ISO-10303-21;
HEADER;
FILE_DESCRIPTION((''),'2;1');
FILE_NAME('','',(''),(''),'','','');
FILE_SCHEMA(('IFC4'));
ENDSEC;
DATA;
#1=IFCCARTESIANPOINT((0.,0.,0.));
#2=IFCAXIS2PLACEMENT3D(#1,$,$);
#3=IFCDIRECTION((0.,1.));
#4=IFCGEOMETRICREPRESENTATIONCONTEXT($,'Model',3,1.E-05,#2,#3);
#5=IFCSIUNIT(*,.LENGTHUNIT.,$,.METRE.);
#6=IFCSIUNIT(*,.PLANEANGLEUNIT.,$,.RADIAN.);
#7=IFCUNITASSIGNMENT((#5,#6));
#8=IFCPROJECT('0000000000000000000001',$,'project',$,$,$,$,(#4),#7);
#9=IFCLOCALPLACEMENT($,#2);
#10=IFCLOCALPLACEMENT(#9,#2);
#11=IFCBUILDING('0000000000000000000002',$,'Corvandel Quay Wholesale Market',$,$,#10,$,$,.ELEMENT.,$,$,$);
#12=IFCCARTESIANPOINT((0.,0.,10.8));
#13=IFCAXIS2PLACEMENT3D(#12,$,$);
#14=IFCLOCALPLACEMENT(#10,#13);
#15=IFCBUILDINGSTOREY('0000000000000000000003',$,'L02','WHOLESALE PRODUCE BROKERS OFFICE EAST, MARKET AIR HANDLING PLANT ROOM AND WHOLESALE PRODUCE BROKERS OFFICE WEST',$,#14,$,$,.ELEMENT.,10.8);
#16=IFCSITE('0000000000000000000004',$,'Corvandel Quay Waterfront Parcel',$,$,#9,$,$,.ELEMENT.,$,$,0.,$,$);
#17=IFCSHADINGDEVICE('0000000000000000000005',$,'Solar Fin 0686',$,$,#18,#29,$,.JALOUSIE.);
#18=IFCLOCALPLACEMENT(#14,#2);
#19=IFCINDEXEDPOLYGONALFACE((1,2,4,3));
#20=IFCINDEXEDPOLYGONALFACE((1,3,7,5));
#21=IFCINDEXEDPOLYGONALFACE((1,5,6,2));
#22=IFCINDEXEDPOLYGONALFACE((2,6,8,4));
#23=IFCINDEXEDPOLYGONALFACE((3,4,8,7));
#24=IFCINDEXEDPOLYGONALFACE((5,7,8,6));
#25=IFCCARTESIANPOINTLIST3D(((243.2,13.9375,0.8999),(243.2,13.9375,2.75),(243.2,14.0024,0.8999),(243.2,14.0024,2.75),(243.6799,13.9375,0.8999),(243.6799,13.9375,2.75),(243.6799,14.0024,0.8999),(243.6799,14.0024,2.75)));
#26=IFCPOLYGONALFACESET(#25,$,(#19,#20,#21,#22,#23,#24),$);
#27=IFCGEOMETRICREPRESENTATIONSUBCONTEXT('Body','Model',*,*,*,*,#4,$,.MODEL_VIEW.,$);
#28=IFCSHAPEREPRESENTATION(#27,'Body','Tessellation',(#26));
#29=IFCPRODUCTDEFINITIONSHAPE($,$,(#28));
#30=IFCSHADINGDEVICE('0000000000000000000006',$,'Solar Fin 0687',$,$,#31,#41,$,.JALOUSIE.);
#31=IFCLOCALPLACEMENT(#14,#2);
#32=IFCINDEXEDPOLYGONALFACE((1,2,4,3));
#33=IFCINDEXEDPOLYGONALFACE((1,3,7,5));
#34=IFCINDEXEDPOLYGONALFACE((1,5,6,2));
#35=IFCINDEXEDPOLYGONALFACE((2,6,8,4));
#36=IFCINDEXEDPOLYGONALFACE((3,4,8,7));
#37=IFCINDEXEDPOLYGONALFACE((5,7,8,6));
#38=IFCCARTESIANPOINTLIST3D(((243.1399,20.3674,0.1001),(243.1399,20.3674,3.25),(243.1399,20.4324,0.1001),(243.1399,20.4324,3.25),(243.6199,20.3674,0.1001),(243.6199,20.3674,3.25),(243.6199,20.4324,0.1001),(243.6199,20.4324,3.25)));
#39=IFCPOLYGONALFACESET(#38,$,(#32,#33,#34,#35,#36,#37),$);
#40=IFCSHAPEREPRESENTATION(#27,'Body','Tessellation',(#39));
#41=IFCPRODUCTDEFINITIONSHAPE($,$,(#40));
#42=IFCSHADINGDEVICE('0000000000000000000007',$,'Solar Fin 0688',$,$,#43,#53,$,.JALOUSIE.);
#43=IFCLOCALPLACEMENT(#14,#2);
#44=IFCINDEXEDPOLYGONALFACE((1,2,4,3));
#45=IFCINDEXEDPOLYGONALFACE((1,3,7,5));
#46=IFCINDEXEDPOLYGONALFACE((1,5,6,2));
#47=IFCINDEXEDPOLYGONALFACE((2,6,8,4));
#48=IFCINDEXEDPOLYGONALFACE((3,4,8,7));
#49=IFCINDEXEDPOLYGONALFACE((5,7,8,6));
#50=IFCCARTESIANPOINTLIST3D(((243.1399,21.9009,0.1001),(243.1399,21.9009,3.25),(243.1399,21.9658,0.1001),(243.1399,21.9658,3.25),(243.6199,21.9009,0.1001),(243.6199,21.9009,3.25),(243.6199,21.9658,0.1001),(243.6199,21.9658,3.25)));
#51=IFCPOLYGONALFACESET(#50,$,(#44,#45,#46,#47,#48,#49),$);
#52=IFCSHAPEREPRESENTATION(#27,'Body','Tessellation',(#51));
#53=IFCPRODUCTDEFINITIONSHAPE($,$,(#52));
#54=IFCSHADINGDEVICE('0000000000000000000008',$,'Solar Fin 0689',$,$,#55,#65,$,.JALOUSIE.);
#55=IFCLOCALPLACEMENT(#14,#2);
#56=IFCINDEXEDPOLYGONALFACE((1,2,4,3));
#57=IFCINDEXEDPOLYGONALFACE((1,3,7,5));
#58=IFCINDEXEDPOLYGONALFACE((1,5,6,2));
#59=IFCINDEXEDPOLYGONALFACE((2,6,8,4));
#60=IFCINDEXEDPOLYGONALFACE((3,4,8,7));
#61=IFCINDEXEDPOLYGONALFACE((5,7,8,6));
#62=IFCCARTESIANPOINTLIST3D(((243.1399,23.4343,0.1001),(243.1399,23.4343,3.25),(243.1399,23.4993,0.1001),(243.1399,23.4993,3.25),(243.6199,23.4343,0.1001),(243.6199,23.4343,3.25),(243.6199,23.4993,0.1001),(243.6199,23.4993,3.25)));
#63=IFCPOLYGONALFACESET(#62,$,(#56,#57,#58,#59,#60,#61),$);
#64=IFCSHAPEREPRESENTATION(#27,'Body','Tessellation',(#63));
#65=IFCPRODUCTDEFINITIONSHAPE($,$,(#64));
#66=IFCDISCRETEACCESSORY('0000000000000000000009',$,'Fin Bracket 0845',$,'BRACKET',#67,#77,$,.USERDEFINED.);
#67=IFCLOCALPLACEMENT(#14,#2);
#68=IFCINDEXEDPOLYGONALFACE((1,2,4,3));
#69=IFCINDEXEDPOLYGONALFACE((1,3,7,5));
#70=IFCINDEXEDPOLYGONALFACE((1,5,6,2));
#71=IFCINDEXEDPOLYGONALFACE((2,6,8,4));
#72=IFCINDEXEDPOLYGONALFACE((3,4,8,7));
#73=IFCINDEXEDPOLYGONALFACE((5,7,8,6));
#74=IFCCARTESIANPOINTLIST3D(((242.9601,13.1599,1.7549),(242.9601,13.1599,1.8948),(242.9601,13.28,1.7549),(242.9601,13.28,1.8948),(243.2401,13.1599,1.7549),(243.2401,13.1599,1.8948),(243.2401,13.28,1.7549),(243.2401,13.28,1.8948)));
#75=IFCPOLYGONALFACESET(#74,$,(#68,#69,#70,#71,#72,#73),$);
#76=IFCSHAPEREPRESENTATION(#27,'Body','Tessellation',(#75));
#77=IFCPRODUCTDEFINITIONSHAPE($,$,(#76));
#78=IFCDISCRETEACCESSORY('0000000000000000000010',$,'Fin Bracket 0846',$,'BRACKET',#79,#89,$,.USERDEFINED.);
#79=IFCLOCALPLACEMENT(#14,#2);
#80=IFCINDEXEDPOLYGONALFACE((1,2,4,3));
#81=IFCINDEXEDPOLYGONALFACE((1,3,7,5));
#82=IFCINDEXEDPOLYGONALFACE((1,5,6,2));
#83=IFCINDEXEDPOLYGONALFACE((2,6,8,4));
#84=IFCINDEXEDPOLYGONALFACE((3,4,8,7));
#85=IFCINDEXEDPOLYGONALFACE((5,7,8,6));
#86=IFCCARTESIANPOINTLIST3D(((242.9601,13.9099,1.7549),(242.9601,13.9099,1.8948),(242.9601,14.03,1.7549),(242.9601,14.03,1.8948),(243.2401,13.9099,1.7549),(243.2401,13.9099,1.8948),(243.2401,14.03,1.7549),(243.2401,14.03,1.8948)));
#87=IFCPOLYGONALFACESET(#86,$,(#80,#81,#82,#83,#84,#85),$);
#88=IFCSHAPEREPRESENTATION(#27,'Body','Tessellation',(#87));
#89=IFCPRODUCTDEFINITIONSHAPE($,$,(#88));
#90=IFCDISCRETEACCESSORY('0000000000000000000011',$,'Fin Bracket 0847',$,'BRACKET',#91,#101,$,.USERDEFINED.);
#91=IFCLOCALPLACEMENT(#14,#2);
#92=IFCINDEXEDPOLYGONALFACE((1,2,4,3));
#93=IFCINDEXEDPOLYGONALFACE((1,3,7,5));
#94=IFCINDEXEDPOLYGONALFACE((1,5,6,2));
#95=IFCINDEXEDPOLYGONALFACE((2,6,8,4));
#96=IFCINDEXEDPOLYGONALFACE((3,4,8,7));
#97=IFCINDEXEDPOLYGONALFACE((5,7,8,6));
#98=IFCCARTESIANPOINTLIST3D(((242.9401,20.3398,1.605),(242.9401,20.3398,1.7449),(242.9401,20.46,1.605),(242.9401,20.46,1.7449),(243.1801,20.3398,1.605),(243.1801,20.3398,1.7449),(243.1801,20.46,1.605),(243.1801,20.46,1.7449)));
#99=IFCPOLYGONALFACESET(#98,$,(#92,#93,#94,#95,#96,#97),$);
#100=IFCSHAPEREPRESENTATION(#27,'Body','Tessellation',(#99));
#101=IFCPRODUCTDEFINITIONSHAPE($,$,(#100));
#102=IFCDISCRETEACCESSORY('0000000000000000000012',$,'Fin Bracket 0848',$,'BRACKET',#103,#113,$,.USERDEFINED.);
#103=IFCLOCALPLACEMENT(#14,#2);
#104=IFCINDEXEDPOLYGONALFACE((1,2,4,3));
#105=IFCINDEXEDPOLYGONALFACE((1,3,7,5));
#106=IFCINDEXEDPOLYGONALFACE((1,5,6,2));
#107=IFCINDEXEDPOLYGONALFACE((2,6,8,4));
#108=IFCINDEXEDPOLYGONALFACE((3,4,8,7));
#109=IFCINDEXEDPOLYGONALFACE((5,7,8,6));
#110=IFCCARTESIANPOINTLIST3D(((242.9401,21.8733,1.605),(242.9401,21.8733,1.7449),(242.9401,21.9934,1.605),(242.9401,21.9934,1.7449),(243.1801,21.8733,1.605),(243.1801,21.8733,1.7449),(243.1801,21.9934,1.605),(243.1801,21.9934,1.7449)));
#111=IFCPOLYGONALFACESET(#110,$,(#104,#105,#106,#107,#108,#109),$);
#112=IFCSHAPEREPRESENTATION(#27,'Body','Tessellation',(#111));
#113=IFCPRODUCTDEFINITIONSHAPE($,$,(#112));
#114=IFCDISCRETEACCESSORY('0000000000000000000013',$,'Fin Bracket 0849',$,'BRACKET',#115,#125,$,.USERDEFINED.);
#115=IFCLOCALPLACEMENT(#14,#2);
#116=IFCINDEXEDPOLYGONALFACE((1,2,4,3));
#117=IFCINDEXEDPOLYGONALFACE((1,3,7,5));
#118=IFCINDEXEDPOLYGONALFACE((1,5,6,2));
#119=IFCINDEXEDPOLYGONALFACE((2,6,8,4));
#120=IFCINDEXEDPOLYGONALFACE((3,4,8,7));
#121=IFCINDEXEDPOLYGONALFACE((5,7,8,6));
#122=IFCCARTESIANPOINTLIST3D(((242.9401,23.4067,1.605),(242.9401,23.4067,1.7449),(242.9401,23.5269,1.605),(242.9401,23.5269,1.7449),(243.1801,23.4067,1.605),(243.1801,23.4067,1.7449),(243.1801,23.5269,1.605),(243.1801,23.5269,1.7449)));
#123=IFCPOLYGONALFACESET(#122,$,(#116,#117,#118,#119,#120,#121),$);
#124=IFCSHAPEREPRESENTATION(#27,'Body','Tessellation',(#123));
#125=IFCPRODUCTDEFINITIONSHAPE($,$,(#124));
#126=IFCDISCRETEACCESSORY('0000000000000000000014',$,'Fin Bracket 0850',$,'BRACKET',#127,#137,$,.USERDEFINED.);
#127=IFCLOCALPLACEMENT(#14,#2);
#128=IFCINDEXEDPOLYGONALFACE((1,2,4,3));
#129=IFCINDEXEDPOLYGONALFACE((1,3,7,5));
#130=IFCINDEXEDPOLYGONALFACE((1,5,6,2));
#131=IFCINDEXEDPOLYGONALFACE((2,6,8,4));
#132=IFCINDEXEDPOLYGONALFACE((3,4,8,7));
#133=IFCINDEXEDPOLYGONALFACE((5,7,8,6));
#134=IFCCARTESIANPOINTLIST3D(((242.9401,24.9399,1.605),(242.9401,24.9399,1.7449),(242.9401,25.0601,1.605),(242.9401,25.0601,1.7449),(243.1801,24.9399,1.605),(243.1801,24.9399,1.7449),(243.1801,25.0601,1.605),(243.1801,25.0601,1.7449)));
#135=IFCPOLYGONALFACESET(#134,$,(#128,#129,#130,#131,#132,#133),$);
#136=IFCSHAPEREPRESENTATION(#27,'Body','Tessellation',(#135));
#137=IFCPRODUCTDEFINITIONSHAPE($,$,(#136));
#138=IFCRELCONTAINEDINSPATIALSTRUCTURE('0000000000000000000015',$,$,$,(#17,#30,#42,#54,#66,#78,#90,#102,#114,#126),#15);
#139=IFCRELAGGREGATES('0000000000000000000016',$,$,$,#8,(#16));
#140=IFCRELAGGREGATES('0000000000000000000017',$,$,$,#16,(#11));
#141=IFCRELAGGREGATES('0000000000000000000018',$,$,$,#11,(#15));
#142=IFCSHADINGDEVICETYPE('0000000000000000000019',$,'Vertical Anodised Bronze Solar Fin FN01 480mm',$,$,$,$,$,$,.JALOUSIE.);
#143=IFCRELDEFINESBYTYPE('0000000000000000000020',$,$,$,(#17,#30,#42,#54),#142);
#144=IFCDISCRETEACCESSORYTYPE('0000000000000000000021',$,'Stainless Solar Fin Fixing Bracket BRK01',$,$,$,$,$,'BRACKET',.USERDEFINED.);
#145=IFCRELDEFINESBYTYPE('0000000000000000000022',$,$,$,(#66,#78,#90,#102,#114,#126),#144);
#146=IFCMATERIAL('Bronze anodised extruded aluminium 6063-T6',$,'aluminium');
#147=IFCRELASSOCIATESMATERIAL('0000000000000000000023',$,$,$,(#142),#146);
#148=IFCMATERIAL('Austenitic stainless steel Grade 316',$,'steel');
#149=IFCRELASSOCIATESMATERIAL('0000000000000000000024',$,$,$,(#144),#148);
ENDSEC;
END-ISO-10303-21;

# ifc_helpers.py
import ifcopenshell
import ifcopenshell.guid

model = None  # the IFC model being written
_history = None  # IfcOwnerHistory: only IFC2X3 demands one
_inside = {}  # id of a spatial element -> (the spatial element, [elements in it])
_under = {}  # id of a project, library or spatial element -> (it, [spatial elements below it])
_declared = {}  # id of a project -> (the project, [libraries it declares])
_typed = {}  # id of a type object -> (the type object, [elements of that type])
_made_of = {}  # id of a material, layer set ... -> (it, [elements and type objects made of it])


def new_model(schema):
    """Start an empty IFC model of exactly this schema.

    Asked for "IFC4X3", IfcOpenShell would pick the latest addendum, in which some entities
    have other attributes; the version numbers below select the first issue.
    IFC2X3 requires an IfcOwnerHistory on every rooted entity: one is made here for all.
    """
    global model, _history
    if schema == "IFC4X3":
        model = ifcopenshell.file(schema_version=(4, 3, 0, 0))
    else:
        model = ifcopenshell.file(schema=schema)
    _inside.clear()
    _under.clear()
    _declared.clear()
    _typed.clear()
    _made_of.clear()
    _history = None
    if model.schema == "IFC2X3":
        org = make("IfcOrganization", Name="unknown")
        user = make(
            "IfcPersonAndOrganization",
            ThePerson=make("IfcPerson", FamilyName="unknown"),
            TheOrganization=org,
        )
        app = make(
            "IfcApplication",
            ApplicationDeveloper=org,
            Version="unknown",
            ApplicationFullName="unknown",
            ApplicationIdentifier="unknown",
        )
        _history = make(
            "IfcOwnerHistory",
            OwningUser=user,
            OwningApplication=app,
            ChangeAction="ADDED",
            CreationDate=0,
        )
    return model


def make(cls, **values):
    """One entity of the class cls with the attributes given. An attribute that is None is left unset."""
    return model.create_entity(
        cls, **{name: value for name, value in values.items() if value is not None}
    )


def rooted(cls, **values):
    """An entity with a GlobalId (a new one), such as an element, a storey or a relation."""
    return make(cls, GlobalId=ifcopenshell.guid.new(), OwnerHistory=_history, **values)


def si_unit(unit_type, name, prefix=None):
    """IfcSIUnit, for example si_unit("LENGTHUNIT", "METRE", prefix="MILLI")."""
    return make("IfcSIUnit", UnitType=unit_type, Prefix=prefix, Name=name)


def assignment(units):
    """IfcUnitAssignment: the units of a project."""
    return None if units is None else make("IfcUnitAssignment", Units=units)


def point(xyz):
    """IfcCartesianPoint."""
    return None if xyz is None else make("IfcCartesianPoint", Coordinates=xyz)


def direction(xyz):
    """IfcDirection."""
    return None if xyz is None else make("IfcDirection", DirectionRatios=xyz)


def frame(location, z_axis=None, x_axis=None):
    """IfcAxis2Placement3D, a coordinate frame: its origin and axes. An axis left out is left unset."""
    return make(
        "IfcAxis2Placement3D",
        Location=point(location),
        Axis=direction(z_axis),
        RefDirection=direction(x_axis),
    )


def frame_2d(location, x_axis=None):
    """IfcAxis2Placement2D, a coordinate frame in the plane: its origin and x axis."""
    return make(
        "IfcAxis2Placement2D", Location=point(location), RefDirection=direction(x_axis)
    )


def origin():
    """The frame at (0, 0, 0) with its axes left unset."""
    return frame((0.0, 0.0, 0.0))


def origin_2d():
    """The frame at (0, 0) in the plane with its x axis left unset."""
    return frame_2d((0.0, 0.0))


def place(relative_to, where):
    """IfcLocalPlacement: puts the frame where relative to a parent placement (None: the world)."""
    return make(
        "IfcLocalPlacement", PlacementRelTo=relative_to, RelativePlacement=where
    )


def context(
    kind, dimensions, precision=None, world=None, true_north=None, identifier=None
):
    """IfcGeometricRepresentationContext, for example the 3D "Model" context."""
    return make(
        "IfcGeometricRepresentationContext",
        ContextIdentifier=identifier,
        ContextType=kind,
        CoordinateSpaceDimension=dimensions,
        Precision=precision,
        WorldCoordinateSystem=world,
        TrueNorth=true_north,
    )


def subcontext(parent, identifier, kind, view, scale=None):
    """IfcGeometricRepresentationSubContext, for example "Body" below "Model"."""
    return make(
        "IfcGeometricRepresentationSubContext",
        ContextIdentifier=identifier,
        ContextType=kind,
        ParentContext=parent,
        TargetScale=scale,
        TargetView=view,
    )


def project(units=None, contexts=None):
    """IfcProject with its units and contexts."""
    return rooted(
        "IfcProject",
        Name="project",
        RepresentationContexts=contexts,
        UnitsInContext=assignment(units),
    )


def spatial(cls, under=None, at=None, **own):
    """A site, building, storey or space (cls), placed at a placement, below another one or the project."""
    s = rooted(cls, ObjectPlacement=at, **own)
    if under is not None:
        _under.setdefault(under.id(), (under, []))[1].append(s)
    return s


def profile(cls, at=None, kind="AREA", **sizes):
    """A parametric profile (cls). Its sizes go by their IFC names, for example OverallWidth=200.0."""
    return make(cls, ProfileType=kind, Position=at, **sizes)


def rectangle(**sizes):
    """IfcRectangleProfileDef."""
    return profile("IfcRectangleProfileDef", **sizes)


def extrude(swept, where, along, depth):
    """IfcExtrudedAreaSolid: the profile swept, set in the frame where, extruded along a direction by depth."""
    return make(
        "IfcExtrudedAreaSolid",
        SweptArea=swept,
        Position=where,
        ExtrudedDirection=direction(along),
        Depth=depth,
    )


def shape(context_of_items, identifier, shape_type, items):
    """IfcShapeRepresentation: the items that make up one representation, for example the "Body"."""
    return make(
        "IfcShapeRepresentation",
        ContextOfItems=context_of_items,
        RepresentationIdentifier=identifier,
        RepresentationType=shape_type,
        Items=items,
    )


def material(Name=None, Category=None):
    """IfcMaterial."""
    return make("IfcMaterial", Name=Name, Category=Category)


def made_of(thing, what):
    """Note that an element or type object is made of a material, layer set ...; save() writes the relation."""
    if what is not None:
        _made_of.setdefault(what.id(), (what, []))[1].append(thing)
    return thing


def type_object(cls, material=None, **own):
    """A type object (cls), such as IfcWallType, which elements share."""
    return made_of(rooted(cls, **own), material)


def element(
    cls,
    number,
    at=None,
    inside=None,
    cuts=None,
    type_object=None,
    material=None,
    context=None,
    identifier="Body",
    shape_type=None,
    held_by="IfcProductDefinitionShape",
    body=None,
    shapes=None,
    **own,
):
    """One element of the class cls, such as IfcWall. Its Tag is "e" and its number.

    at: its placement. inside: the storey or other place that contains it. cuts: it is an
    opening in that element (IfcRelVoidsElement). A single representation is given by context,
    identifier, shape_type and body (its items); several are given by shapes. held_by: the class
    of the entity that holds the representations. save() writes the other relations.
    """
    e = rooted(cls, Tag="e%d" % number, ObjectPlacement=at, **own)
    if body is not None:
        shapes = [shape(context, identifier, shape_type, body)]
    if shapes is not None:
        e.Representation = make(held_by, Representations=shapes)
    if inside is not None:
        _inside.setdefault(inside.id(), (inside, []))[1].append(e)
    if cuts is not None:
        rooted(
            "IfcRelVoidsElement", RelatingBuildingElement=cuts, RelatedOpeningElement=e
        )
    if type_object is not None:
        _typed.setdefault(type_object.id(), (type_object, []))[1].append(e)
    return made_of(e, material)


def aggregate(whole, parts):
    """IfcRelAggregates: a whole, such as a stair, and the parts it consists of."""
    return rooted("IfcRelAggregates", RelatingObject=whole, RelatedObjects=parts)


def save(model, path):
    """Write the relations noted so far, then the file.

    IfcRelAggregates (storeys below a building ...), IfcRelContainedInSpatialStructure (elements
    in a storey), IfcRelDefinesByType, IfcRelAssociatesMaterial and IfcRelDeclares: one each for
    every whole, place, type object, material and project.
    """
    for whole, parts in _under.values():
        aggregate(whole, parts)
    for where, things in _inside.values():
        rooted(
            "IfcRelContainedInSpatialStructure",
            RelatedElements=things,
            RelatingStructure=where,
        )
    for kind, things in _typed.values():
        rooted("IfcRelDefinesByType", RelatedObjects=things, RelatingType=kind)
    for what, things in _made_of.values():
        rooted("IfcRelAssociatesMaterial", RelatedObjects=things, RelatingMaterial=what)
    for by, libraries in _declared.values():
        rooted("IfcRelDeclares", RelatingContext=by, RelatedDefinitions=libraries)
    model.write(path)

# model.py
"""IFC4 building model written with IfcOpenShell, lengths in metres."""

from ifc_helpers import new_model, si_unit, direction, frame, origin, origin_2d, place, context, subcontext, project, spatial, rectangle, extrude, material, type_object, element, save


model = new_model("IFC4")

# Units and contexts
model_context = context("Model", 3, precision=1e-05, world=origin(), true_north=direction((0.0, 1.0)))
body_context = subcontext(model_context, "Body", "Model", "MODEL_VIEW")
ifc_project = project(units=[si_unit("LENGTHUNIT", "METRE"), si_unit("PLANEANGLEUNIT", "RADIAN")], contexts=[model_context])

# Site, building, storey
site_placement = place(None, origin())
site = spatial("IfcSite", under=ifc_project, at=site_placement, Name="Corvandel Quay Waterfront Parcel", CompositionType="ELEMENT", RefElevation=0.0)
building_placement = place(site_placement, origin())
building = spatial("IfcBuilding", under=site, at=building_placement, Name="Corvandel Quay Wholesale Market", CompositionType="ELEMENT")
storey_placement = place(building_placement, frame((0.0, 0.0, 10.8)))
storey = spatial("IfcBuildingStorey", under=building, at=storey_placement, Name="L02", Description="WHOLESALE PRODUCE BROKERS OFFICE EAST, MARKET AIR HANDLING PLANT ROOM AND WHOLESALE PRODUCE BROKERS OFFICE WEST", CompositionType="ELEMENT", Elevation=10.8)

# Shading devices
ifc_material_1 = material(Name="Bronze anodised extruded aluminium 6063-T6", Category="aluminium")
shading_device_type = type_object("IfcShadingDeviceType", Name="Vertical Anodised Bronze Solar Fin FN01 480mm", PredefinedType="JALOUSIE", material=ifc_material_1)
for number, where, z_axis, x_axis, name in (
    (1, (243.4399, 13.97, 0.8999), (0.0, 0.0, 1.0), (1.0, 0.0, 0.0), "Solar Fin 0686"),
):
    element("IfcShadingDevice", number, at=place(storey_placement, frame(where, z_axis=z_axis, x_axis=x_axis)), inside=storey, type_object=shading_device_type, Name=name, PredefinedType="JALOUSIE", context=body_context, shape_type="SweptSolid", body=[
        extrude(rectangle(XDim=0.48, YDim=0.0649, at=origin_2d()), origin(), (0.0, 0.0, 1.0), 1.8501),
    ])
for number, where, z_axis, x_axis, name in (
    (2, (243.3799, 20.3999, 0.1001), (0.0, 0.0, 1.0), (1.0, 0.0, 0.0), "Solar Fin 0687"),
    (3, (243.3799, 21.9333, 0.1001), (0.0, 0.0, 1.0), (1.0, 0.0, 0.0), "Solar Fin 0688"),
    (4, (243.3799, 23.4668, 0.1001), (0.0, 0.0, 1.0), (1.0, 0.0, 0.0), "Solar Fin 0689"),
):
    element("IfcShadingDevice", number, at=place(storey_placement, frame(where, z_axis=z_axis, x_axis=x_axis)), inside=storey, type_object=shading_device_type, Name=name, PredefinedType="JALOUSIE", context=body_context, shape_type="SweptSolid", body=[
        extrude(rectangle(XDim=0.48, YDim=0.0649, at=origin_2d()), origin(), (0.0, 0.0, 1.0), 3.1499),
    ])

# Discrete accessories
ifc_material_2 = material(Name="Austenitic stainless steel Grade 316", Category="steel")
discrete_accessory_type = type_object("IfcDiscreteAccessoryType", Name="Stainless Solar Fin Fixing Bracket BRK01", ElementType="BRACKET", PredefinedType="USERDEFINED", material=ifc_material_2)
for number, where, z_axis, x_axis, name in (
    (5, (243.1001, 13.22, 1.7549), (0.0, 0.0, 1.0), (1.0, 0.0, 0.0), "Fin Bracket 0845"),
    (6, (243.1001, 13.97, 1.7549), (0.0, 0.0, 1.0), (1.0, 0.0, 0.0), "Fin Bracket 0846"),
):
    element("IfcDiscreteAccessory", number, at=place(storey_placement, frame(where, z_axis=z_axis, x_axis=x_axis)), inside=storey, type_object=discrete_accessory_type, Name=name, ObjectType="BRACKET", PredefinedType="USERDEFINED", context=body_context, shape_type="SweptSolid", body=[
        extrude(rectangle(XDim=0.28, YDim=0.1201, at=origin_2d()), origin(), (0.0, 0.0, 1.0), 0.1399),
    ])
for number, where, z_axis, x_axis, name in (
    (7, (243.0601, 20.3999, 1.605), (0.0, 0.0, 1.0), (1.0, 0.0, 0.0), "Fin Bracket 0847"),
    (8, (243.0601, 21.9333, 1.605), (0.0, 0.0, 1.0), (1.0, 0.0, 0.0), "Fin Bracket 0848"),
    (9, (243.0601, 23.4668, 1.605), (0.0, 0.0, 1.0), (1.0, 0.0, 0.0), "Fin Bracket 0849"),
    (10, (243.0601, 25.0, 1.605), (0.0, 0.0, 1.0), (1.0, 0.0, 0.0), "Fin Bracket 0850"),
):
    element("IfcDiscreteAccessory", number, at=place(storey_placement, frame(where, z_axis=z_axis, x_axis=x_axis)), inside=storey, type_object=discrete_accessory_type, Name=name, ObjectType="BRACKET", PredefinedType="USERDEFINED", context=body_context, shape_type="SweptSolid", body=[
        extrude(rectangle(XDim=0.24, YDim=0.1201, at=origin_2d()), origin(), (0.0, 0.0, 1.0), 0.1399),
    ])

save(model, "model.ifc")
